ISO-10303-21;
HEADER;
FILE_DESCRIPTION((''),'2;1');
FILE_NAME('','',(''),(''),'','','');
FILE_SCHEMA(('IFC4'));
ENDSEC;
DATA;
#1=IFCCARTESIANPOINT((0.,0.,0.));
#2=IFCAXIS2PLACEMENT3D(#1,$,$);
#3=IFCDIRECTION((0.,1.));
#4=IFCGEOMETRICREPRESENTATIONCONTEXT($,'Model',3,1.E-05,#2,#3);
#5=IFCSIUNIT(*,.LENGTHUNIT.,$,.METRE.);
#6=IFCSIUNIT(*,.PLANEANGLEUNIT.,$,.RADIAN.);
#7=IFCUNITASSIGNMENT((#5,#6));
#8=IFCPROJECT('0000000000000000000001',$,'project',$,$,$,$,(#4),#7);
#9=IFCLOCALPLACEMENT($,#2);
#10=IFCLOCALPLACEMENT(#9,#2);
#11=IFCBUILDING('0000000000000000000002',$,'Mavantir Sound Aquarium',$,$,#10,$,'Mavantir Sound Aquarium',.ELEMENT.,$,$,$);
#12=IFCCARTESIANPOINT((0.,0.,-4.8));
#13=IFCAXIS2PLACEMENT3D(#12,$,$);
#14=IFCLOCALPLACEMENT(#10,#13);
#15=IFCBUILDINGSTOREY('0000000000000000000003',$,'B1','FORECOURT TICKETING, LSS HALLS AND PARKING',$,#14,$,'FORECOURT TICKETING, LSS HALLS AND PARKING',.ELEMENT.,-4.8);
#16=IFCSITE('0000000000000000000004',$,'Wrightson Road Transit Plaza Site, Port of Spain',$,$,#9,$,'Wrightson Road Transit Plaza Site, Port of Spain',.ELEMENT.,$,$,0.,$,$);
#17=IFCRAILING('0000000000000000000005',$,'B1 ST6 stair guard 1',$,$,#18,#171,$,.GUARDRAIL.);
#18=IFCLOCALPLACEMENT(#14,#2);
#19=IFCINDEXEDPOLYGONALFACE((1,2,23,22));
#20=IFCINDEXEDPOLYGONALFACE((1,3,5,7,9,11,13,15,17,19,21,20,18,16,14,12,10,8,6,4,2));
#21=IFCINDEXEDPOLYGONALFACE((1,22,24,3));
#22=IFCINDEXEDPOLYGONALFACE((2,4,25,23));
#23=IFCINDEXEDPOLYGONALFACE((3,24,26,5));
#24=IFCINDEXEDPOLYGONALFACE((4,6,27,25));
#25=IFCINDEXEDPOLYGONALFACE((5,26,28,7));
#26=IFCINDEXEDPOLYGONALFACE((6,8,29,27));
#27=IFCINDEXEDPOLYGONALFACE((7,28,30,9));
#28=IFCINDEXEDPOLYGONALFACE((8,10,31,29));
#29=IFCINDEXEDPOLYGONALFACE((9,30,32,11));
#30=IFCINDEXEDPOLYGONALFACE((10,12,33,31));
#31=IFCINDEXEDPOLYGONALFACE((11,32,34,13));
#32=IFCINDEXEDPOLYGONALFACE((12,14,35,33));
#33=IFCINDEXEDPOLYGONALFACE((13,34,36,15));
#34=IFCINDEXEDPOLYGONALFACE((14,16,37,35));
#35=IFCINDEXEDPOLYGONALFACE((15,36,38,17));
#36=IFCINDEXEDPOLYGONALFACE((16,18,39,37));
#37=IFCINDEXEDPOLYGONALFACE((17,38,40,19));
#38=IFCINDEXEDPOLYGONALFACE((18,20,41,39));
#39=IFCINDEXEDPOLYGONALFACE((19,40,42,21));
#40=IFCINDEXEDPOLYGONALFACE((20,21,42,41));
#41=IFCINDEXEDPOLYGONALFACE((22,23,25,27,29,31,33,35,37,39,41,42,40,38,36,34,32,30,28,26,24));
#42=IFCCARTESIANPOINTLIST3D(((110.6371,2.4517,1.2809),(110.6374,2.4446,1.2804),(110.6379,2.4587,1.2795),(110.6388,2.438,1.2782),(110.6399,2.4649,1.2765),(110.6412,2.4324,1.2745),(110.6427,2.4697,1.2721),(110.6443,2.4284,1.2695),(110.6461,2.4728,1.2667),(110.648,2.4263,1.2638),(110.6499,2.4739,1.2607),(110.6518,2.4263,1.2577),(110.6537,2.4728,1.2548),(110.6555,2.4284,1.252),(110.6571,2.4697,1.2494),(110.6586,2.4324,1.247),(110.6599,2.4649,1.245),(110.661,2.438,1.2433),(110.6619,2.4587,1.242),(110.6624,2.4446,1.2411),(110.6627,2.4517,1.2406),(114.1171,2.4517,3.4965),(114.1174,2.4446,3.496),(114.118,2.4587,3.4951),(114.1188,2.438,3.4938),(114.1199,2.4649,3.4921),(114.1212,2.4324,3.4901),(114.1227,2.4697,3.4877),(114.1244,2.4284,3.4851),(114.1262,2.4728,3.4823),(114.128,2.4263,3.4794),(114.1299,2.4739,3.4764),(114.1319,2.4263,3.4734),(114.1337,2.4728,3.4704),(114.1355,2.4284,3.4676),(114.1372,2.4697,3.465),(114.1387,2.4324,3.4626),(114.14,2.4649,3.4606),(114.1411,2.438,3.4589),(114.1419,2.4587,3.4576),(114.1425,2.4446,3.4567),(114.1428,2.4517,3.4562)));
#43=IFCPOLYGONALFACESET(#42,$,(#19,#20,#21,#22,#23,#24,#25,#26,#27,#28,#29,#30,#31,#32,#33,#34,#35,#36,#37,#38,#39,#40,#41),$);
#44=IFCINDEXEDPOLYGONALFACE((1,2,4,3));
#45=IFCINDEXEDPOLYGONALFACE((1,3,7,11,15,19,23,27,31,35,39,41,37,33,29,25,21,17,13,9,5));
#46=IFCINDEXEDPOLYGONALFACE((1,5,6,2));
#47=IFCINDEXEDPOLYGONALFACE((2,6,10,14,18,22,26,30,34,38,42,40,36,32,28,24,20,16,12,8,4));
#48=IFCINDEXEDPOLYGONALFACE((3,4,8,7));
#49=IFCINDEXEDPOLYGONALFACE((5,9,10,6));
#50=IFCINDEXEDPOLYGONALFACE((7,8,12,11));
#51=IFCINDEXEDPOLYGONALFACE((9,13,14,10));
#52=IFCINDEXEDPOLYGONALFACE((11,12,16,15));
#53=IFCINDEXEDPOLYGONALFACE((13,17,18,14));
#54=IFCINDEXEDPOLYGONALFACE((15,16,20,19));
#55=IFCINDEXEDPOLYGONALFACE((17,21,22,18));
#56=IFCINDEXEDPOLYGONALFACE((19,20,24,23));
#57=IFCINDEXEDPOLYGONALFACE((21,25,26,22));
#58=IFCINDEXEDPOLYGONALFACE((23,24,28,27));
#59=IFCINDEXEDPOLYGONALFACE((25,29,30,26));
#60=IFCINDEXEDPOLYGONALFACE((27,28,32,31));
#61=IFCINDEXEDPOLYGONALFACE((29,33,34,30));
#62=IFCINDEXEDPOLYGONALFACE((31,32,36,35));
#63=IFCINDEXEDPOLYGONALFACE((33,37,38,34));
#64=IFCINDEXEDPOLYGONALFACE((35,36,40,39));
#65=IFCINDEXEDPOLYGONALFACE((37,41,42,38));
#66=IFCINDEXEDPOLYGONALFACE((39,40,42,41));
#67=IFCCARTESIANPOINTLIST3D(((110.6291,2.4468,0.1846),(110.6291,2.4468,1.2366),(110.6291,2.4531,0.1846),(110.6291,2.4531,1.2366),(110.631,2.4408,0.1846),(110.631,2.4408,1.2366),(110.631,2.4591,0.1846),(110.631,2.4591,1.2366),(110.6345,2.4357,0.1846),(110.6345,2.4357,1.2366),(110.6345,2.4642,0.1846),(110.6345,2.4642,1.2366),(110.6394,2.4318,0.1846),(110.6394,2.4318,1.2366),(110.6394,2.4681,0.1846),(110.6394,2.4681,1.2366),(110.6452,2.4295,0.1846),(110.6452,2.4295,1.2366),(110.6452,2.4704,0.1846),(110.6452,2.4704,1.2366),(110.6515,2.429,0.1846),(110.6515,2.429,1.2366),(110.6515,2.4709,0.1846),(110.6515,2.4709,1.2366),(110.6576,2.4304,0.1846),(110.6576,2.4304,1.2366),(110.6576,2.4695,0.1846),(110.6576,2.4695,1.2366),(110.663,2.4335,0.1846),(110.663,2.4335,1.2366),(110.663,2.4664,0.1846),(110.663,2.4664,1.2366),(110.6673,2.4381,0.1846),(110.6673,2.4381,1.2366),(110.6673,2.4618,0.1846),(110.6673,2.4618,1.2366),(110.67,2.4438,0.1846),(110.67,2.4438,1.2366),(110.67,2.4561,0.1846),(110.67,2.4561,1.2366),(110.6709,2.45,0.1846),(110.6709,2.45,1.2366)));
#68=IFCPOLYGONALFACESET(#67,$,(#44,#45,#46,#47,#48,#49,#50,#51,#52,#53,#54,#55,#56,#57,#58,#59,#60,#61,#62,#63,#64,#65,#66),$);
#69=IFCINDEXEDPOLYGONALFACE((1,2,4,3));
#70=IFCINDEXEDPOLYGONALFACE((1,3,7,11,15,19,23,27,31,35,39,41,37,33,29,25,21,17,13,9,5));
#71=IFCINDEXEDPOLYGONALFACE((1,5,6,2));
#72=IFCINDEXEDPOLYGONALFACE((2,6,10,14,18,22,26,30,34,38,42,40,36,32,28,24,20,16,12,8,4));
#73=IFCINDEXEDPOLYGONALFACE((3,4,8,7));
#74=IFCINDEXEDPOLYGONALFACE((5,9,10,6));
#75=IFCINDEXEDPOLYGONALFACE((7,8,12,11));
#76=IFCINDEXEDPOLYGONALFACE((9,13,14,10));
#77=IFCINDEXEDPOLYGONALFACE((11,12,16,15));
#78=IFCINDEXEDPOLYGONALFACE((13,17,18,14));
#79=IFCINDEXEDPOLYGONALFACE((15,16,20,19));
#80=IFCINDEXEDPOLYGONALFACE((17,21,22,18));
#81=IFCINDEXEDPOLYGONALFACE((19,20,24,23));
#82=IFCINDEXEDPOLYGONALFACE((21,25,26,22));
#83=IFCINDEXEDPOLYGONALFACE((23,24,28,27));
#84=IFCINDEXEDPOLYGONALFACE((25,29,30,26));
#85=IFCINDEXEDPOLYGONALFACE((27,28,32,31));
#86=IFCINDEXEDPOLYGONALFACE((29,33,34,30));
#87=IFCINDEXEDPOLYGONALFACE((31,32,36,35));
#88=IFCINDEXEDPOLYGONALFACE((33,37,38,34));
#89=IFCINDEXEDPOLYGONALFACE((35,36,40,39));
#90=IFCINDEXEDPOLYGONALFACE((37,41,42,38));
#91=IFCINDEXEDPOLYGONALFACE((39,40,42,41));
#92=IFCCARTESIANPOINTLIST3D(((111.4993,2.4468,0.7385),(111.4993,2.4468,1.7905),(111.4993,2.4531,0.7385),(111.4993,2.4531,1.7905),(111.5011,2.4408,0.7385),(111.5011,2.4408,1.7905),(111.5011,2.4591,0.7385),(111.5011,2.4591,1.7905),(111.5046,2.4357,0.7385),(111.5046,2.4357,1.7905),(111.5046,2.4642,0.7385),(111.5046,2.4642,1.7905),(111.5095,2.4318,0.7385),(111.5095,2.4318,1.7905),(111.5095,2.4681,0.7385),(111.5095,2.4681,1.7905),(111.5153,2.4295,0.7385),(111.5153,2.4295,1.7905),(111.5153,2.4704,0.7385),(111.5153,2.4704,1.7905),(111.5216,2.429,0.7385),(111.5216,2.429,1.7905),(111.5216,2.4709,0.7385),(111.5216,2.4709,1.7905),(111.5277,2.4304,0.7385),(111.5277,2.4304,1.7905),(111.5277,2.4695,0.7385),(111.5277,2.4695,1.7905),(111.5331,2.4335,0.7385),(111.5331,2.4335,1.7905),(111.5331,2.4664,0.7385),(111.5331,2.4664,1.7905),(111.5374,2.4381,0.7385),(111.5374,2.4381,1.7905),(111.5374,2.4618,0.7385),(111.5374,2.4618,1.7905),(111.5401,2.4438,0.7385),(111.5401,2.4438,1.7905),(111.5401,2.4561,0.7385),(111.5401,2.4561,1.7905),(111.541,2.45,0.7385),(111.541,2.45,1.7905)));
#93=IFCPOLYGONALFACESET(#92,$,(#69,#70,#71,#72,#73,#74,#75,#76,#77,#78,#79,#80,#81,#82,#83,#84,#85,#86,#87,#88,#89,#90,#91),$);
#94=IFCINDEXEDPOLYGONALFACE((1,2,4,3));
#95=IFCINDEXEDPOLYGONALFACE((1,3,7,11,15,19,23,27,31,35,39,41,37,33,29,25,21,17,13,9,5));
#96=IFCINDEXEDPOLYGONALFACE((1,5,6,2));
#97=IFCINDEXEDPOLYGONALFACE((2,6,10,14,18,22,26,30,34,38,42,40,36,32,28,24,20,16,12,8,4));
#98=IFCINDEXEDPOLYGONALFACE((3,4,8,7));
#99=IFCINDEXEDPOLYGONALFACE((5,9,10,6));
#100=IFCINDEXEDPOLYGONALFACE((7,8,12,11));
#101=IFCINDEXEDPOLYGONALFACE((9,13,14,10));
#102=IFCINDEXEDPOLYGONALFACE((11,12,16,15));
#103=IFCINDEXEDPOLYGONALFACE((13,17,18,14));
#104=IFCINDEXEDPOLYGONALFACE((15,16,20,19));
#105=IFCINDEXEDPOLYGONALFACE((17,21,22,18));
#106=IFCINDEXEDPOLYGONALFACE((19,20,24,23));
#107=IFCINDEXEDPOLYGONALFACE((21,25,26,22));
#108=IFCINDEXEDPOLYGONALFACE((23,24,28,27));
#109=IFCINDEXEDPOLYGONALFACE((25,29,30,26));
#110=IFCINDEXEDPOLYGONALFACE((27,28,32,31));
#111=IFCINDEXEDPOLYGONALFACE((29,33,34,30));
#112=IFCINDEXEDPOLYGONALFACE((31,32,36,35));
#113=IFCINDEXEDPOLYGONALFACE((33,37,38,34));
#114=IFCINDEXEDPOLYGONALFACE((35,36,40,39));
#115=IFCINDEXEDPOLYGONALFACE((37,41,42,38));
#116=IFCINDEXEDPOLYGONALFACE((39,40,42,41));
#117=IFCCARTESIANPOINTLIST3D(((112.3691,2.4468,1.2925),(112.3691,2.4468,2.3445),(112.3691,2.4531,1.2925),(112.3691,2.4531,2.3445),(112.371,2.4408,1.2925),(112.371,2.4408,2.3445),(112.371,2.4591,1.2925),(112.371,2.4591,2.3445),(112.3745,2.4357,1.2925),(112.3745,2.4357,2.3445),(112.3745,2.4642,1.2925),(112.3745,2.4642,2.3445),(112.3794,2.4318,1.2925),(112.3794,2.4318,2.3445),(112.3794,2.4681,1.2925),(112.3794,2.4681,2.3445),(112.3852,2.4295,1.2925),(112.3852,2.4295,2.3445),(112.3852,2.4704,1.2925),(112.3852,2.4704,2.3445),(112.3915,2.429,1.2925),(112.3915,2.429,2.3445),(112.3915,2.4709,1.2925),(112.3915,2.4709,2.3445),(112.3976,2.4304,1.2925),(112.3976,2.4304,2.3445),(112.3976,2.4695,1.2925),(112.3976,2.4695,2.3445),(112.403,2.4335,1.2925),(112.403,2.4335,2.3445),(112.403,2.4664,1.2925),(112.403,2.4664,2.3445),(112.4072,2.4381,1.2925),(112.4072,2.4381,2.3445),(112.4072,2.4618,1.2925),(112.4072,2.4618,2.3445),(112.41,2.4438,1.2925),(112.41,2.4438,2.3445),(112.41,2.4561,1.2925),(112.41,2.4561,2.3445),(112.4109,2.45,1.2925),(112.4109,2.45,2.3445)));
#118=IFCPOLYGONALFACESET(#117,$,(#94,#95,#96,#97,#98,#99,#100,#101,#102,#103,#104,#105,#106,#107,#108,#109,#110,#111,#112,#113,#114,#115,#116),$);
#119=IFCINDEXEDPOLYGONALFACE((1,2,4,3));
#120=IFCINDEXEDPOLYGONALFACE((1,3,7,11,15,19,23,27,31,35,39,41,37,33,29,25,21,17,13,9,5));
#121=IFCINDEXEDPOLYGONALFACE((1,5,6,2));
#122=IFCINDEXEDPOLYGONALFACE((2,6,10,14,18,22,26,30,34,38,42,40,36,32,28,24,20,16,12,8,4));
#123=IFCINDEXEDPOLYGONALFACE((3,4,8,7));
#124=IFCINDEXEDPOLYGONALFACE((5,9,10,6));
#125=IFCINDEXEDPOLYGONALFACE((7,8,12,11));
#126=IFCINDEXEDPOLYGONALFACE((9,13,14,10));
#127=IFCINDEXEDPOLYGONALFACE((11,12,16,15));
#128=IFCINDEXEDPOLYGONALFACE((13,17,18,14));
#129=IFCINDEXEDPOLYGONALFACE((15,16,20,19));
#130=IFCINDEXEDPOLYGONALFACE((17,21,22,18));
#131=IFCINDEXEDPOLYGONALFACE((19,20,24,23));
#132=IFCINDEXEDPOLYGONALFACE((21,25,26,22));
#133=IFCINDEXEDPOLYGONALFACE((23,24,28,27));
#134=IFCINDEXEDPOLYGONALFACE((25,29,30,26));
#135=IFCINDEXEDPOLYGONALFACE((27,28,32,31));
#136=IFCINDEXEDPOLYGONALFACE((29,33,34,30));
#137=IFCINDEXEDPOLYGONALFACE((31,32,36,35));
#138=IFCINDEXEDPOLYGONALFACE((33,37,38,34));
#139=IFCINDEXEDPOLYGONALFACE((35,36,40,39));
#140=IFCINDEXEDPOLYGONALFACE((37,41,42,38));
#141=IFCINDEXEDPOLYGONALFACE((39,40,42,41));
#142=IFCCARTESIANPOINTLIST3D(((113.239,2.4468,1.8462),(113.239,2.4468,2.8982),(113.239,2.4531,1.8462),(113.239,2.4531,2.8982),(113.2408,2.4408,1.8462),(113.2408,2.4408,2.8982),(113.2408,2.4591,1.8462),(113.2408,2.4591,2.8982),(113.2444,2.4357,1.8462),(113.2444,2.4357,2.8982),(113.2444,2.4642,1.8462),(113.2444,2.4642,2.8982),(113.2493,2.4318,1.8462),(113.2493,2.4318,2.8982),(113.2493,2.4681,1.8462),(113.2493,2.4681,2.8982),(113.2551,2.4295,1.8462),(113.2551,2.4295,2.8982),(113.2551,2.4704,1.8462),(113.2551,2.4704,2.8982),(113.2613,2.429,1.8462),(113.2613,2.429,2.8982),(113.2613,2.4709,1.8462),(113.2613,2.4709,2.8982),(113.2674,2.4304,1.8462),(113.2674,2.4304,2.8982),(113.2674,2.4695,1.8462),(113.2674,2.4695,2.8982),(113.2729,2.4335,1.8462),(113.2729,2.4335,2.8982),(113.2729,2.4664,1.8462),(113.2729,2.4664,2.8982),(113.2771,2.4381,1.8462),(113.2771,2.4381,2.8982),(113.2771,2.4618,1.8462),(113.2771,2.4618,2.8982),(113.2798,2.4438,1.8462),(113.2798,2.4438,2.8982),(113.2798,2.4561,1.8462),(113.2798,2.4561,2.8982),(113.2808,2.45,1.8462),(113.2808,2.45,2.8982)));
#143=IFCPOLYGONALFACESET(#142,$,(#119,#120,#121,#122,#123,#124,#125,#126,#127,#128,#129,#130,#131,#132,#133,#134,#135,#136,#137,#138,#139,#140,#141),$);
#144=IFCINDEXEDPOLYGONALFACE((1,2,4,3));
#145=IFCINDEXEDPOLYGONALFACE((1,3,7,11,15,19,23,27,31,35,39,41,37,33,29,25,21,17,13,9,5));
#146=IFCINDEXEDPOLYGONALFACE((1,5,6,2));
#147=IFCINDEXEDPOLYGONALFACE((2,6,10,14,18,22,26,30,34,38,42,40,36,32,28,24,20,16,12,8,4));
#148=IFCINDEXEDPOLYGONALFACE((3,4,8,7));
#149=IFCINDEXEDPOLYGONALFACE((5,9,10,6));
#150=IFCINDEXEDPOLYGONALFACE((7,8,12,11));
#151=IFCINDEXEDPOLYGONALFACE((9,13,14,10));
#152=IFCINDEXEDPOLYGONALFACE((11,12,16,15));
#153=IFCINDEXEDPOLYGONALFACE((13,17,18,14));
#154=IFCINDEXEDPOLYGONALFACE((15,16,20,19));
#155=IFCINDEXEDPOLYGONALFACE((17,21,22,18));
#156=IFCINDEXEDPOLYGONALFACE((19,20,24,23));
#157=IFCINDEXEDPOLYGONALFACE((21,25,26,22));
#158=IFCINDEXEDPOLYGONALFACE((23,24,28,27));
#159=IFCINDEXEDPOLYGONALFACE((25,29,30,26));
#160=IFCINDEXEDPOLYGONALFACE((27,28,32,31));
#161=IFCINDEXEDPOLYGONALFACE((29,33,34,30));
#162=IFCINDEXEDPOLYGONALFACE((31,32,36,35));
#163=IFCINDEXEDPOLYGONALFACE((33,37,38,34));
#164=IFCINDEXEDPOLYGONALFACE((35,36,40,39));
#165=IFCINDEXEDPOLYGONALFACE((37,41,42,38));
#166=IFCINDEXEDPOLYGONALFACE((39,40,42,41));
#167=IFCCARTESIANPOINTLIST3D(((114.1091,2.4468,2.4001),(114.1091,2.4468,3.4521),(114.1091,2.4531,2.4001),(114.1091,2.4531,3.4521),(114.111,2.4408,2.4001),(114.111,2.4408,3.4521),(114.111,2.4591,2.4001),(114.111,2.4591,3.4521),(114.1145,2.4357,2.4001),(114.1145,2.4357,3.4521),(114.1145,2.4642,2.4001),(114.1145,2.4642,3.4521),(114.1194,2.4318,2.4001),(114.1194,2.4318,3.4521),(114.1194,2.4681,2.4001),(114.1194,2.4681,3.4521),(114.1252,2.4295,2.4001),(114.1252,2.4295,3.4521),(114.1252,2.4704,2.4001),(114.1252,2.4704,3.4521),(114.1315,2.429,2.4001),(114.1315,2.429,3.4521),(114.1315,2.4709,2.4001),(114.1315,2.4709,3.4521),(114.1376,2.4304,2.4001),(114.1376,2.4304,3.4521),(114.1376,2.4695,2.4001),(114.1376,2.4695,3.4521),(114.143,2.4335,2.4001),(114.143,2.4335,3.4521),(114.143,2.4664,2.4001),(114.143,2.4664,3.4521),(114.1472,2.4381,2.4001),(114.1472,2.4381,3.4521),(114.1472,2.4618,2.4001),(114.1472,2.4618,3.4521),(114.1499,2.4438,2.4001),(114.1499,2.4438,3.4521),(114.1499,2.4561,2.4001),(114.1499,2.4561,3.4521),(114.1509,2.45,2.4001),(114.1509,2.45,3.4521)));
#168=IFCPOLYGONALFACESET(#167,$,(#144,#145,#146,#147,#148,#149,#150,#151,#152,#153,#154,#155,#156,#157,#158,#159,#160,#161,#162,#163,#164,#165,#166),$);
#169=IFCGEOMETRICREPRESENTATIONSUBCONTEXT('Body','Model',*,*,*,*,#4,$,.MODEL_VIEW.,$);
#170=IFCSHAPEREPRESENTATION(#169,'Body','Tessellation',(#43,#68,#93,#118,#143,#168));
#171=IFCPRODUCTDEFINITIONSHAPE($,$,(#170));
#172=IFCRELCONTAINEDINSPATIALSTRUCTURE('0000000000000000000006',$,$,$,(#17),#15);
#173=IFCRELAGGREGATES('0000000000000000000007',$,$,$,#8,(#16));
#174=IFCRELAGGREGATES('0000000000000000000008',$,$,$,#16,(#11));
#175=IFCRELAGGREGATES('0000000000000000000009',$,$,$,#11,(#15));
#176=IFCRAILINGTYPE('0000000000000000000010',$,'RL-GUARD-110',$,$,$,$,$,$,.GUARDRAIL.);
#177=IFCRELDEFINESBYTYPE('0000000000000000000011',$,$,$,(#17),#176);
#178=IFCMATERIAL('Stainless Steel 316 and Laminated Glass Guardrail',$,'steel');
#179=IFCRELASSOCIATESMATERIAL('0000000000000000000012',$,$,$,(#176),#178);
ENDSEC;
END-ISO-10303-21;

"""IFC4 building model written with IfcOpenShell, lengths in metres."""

from ifc_helpers import new_model, si_unit, direction, frame, origin, origin_2d, place, context, subcontext, project, spatial, circle, extrude, material, type_object, element, save


model = new_model("IFC4")

# Units and contexts
model_context = context("Model", 3, precision=1e-05, world=origin(), true_north=direction((0.0, 1.0)))
body_context = subcontext(model_context, "Body", "Model", "MODEL_VIEW")
ifc_project = project(units=[si_unit("LENGTHUNIT", "METRE"), si_unit("PLANEANGLEUNIT", "RADIAN")], contexts=[model_context])

# Site, building, storey
site_placement = place(None, origin())
site = spatial("IfcSite", under=ifc_project, at=site_placement, Name="Wrightson Road Transit Plaza Site, Port of Spain", LongName="Wrightson Road Transit Plaza Site, Port of Spain", CompositionType="ELEMENT", RefElevation=0.0)
building_placement = place(site_placement, origin())
building = spatial("IfcBuilding", under=site, at=building_placement, Name="Mavantir Sound Aquarium", LongName="Mavantir Sound Aquarium", CompositionType="ELEMENT")
storey_placement = place(building_placement, frame((0.0, 0.0, -4.8)))
storey = spatial("IfcBuildingStorey", under=building, at=storey_placement, Name="B1", Description="FORECOURT TICKETING, LSS HALLS AND PARKING", LongName="FORECOURT TICKETING, LSS HALLS AND PARKING", CompositionType="ELEMENT", Elevation=-4.8)

# Railing
ifc_material_1 = material(Name="Stainless Steel 316 and Laminated Glass Guardrail", Category="steel")
railing_type_1 = type_object("IfcRailingType", Name="RL-GUARD-110", PredefinedType="GUARDRAIL", material=ifc_material_1)
railing_1_placement = place(storey_placement, frame((110.6499, 2.45, 0.1846)))
element("IfcRailing", 1, at=railing_1_placement, inside=storey, type_object=railing_type_1, Name="B1 ST6 stair guard 1", PredefinedType="GUARDRAIL", context=body_context, shape_type="SweptSolid", body=[
    extrude(circle(Radius=0.0239, at=origin_2d()), frame((0.0, 0.0, 1.0762), z_axis=(0.843547, 0.0, 0.537055), x_axis=(0.0, 1.0, 0.0)), (0.0, 0.0, 1.0), 4.1255),
    extrude(circle(Radius=0.021, at=origin_2d()), origin(), (0.0, 0.0, 1.0), 1.052),
    extrude(circle(Radius=0.021, at=origin_2d()), frame((0.8701, 0.0, 0.554)), (0.0, 0.0, 1.0), 1.052),
    extrude(circle(Radius=0.021, at=origin_2d()), frame((1.74, 0.0, 1.1079)), (0.0, 0.0, 1.0), 1.052),
    extrude(circle(Radius=0.021, at=origin_2d()), frame((2.6099, 0.0, 1.6616)), (0.0, 0.0, 1.0), 1.052),
    extrude(circle(Radius=0.021, at=origin_2d()), frame((3.48, 0.0, 2.2156)), (0.0, 0.0, 1.0), 1.052),
])

save(model, "model.ifc")
